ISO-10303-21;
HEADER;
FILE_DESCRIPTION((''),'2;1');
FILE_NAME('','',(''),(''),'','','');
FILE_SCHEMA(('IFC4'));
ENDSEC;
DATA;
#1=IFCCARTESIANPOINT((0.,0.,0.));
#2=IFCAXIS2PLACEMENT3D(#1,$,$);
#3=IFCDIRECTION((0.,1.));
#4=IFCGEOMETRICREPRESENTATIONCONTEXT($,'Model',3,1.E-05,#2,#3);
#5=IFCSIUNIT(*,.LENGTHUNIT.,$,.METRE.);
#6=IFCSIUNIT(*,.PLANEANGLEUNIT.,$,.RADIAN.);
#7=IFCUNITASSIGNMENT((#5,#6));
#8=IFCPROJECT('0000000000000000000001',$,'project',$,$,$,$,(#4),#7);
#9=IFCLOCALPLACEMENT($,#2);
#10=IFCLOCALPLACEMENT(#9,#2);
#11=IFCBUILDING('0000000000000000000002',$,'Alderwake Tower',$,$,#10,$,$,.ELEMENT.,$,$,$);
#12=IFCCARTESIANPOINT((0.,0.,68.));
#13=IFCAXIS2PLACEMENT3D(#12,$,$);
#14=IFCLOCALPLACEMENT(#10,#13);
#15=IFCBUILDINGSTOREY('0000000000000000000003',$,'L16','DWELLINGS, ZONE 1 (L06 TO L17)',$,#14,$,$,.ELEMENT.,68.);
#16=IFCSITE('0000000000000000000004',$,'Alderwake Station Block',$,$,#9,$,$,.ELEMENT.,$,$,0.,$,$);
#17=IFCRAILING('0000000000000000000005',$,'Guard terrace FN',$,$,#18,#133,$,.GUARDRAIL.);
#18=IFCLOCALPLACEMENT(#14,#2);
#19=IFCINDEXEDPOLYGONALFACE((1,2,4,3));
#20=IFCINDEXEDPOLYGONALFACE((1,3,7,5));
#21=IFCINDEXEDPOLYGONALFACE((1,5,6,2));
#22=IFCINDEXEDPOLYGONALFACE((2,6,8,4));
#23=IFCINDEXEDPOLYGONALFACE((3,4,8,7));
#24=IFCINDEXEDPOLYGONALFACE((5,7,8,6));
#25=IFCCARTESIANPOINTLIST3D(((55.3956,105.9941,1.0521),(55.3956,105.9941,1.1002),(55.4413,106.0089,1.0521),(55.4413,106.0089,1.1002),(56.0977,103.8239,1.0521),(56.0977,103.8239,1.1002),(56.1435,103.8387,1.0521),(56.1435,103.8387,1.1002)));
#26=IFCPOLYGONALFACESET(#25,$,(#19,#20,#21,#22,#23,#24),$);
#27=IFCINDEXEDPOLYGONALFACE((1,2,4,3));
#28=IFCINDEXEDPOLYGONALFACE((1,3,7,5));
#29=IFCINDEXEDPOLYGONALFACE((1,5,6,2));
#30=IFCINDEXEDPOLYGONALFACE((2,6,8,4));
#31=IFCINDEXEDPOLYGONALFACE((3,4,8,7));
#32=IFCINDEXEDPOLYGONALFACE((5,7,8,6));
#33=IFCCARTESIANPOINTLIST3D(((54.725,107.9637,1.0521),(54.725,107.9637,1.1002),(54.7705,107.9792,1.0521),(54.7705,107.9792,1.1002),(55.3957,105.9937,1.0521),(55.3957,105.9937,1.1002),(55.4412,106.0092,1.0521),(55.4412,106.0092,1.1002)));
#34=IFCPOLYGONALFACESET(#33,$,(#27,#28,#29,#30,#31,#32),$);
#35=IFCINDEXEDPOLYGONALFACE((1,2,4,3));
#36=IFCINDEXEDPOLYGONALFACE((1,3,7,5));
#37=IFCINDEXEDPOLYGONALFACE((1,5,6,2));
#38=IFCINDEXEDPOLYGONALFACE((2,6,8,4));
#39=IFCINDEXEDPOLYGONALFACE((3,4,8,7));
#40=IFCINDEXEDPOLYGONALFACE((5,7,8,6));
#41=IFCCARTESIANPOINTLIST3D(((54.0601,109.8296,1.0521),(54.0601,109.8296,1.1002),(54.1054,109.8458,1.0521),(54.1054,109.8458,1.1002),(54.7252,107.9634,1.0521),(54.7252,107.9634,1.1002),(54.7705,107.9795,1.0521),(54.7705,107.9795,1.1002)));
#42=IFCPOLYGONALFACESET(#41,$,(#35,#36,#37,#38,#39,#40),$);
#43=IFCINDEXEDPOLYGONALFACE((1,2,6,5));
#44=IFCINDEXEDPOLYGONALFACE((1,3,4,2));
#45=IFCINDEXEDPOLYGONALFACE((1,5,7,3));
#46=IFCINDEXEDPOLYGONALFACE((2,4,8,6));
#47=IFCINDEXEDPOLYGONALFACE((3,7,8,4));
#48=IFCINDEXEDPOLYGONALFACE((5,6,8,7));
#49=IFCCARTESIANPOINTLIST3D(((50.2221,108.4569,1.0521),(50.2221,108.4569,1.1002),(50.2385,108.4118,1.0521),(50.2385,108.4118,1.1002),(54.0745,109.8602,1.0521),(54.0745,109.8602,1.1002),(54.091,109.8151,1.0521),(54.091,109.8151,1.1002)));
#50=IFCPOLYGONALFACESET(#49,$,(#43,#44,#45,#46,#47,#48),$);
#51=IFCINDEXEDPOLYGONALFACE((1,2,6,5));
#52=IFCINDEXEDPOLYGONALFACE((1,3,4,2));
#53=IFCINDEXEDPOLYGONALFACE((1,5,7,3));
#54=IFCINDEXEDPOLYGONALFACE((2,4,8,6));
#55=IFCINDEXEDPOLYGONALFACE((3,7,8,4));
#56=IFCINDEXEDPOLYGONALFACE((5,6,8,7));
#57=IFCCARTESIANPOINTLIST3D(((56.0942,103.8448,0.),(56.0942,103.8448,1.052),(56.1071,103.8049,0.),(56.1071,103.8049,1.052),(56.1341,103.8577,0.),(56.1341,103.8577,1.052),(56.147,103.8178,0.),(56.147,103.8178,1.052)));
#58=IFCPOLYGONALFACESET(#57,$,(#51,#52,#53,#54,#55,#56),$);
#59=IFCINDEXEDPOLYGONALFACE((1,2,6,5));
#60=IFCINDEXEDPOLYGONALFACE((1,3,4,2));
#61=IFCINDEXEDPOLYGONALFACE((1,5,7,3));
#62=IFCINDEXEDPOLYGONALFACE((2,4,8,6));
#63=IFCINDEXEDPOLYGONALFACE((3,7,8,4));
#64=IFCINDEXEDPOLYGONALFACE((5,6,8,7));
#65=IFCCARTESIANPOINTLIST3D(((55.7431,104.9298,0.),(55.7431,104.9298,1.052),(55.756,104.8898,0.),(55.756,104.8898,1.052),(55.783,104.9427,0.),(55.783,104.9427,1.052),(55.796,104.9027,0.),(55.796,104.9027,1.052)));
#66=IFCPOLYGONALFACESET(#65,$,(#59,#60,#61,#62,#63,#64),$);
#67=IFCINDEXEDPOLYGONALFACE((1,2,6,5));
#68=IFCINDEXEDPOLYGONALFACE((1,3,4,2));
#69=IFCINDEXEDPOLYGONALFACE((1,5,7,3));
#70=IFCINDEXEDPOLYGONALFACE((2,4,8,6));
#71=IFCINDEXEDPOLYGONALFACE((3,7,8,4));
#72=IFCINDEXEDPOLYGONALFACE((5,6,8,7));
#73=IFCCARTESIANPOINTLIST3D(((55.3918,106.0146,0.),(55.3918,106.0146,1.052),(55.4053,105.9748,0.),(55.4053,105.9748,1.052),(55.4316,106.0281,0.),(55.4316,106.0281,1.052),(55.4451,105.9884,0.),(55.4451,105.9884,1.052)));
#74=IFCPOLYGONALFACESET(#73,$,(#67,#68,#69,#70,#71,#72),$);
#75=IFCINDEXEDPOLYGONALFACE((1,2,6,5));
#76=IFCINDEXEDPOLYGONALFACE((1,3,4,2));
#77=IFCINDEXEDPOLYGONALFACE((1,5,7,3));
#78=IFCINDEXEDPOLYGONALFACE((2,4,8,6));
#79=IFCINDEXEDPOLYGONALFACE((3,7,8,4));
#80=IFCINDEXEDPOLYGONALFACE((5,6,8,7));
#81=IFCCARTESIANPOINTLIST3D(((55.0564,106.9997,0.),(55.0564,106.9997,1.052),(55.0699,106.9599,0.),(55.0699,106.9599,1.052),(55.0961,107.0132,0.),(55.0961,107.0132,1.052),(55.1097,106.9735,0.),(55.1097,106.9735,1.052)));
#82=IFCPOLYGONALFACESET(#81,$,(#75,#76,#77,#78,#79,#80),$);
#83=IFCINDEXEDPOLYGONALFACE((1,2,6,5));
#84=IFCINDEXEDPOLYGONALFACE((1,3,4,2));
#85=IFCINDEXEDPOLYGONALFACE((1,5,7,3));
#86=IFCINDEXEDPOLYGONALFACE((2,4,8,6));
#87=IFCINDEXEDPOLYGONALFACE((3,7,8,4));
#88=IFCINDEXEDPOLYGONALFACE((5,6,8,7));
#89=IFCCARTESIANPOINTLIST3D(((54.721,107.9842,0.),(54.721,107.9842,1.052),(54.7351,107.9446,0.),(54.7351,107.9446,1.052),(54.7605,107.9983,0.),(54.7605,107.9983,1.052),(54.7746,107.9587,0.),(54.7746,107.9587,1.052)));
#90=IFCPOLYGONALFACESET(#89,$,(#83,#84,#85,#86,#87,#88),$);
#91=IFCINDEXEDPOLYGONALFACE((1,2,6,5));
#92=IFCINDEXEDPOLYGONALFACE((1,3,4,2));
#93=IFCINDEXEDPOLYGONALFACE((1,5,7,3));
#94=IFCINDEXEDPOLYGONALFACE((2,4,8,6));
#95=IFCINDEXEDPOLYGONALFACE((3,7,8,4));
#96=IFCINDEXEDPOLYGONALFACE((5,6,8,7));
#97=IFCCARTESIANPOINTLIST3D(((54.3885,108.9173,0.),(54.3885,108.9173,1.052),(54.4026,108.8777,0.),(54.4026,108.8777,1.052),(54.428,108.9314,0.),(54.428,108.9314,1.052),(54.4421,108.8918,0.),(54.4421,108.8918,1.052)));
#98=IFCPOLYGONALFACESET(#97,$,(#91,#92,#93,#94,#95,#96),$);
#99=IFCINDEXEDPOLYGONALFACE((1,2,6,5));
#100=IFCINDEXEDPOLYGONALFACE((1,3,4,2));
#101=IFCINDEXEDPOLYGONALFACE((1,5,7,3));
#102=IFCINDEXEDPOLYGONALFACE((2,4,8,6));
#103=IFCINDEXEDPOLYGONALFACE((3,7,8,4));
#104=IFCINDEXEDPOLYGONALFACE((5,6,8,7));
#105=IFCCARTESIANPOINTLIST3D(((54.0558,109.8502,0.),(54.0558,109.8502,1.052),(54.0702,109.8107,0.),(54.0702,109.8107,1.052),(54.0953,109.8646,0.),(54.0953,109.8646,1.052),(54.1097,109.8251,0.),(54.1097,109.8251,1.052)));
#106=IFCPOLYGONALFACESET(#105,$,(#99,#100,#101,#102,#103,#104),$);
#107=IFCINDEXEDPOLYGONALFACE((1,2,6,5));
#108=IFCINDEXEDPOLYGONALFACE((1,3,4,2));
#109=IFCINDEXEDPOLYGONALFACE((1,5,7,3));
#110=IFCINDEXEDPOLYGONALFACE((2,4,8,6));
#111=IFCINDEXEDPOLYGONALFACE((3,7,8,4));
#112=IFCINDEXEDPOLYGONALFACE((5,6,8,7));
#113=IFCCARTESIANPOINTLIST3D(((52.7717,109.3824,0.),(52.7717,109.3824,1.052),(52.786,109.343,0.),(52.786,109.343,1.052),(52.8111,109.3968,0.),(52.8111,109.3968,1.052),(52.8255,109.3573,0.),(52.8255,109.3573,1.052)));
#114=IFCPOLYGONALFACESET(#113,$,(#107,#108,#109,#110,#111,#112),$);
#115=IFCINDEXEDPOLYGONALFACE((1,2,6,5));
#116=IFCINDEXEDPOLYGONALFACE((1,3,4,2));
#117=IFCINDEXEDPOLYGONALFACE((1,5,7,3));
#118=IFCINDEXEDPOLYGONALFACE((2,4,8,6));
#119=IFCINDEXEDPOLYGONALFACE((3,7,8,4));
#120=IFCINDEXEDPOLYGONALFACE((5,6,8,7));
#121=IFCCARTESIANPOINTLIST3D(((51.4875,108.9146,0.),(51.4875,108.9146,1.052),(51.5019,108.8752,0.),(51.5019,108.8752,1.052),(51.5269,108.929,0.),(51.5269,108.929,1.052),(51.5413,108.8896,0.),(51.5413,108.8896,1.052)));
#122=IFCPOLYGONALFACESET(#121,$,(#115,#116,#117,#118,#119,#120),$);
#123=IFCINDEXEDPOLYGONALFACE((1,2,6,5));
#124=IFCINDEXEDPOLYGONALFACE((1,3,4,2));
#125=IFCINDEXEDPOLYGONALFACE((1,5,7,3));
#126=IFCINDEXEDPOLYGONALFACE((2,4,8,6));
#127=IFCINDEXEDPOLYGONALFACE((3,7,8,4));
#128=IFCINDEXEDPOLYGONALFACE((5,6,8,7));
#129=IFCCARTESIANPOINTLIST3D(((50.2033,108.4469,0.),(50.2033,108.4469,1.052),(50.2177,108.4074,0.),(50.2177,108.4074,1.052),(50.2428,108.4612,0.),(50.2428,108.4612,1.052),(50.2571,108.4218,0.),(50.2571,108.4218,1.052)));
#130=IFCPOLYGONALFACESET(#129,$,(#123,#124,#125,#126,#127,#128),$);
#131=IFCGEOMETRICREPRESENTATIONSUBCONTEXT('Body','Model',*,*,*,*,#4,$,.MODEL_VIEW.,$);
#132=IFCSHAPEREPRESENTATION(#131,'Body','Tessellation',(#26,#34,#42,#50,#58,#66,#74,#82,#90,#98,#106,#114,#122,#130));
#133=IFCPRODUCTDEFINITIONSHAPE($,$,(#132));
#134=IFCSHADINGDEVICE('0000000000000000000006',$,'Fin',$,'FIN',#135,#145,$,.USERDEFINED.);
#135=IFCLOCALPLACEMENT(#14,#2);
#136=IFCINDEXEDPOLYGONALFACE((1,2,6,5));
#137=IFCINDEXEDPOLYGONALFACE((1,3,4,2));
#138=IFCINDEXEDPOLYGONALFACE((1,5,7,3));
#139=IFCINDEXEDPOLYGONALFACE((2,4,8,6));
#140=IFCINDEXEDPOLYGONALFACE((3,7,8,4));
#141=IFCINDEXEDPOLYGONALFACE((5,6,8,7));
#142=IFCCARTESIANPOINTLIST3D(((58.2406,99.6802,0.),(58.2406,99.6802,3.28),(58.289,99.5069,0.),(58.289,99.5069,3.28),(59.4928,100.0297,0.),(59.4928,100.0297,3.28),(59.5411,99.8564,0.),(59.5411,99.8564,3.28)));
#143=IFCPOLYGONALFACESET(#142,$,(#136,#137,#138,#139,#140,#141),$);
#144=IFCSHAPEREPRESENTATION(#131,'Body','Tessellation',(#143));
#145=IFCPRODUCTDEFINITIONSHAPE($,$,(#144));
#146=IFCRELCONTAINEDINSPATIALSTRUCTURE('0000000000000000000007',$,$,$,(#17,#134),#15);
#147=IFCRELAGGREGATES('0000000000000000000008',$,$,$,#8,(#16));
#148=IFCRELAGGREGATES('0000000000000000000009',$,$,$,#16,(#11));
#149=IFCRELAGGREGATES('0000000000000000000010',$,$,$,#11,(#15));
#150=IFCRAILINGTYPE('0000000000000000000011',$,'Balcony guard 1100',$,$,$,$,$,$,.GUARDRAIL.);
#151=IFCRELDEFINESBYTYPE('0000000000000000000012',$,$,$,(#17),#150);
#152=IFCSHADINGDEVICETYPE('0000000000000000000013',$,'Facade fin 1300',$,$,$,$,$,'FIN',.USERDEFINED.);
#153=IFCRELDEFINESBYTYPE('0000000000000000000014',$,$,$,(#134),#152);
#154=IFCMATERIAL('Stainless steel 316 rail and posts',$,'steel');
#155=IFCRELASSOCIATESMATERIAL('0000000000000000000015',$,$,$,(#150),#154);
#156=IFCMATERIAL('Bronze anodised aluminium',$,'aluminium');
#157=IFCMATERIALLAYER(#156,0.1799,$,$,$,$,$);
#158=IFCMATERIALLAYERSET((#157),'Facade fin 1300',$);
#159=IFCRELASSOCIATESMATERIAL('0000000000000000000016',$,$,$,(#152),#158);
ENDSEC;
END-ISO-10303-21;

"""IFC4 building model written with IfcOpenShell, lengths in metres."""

from ifc_helpers import new_model, si_unit, direction, frame, origin, origin_2d, place, context, subcontext, project, spatial, rectangle, extrude, material, layer, layer_set, type_object, element, save


model = new_model("IFC4")

# Units and contexts
model_context = context("Model", 3, precision=1e-05, world=origin(), true_north=direction((0.0, 1.0)))
body_context = subcontext(model_context, "Body", "Model", "MODEL_VIEW")
ifc_project = project(units=[si_unit("LENGTHUNIT", "METRE"), si_unit("PLANEANGLEUNIT", "RADIAN")], contexts=[model_context])

# Site, building, storey
site_placement = place(None, origin())
site = spatial("IfcSite", under=ifc_project, at=site_placement, Name="Alderwake Station Block", CompositionType="ELEMENT", RefElevation=0.0)
building_placement = place(site_placement, origin())
building = spatial("IfcBuilding", under=site, at=building_placement, Name="Alderwake Tower", CompositionType="ELEMENT")
storey_placement = place(building_placement, frame((0.0, 0.0, 68.0)))
storey = spatial("IfcBuildingStorey", under=building, at=storey_placement, Name="L16", Description="DWELLINGS, ZONE 1 (L06 TO L17)", CompositionType="ELEMENT", Elevation=68.0)

# Railing
ifc_material_1 = material(Name="Stainless steel 316 rail and posts", Category="steel")
railing_type = type_object("IfcRailingType", Name="Balcony guard 1100", PredefinedType="GUARDRAIL", material=ifc_material_1)
railing_placement = place(storey_placement, frame((56.1206, 103.8313, 0.0)))
element("IfcRailing", 1, at=railing_placement, inside=storey, type_object=railing_type, Name="Guard terrace FN", PredefinedType="GUARDRAIL", context=body_context, shape_type="SweptSolid", body=[
    extrude(rectangle(XDim=0.0481, YDim=0.0481, at=origin_2d()), frame((0.0, 0.0, 1.0762), z_axis=(-0.307835, 0.95144, 0.0), x_axis=(-0.95144, -0.307835, 0.0)), (0.0, 0.0, 1.0), 2.281),
    extrude(rectangle(XDim=0.0481, YDim=0.0481, at=origin_2d()), frame((-0.7021, 2.1702, 1.0762), z_axis=(-0.322275, 0.946646, 0.0), x_axis=(-0.946646, -0.322275, 0.0)), (0.0, 0.0, 1.0), 2.0811),
    extrude(rectangle(XDim=0.0481, YDim=0.0481, at=origin_2d()), frame((-1.3728, 4.1401, 1.0762), z_axis=(-0.335681, 0.941976, 0.0), x_axis=(-0.941976, -0.335681, 0.0)), (0.0, 0.0, 1.0), 1.9812),
    extrude(rectangle(XDim=0.0481, YDim=0.0481, at=origin_2d()), frame((-2.0378, 6.0063, 1.0762), z_axis=(-0.939606, -0.342259, 0.0), x_axis=(0.342259, -0.939606, 0.0)), (0.0, 0.0, 1.0), 4.1001),
    extrude(rectangle(XDim=0.042, YDim=0.042, at=origin_2d()), frame((0.0, 0.0, 0.0), z_axis=(0.0, 0.0, 1.0), x_axis=(-0.307835, 0.95144, 0.0)), (0.0, 0.0, 1.0), 1.052),
    extrude(rectangle(XDim=0.042, YDim=0.042, at=origin_2d()), frame((-0.3511, 1.085, 0.0), z_axis=(0.0, 0.0, 1.0), x_axis=(-0.307835, 0.95144, 0.0)), (0.0, 0.0, 1.0), 1.052),
    extrude(rectangle(XDim=0.042, YDim=0.042, at=origin_2d()), frame((-0.7021, 2.1702, 0.0), z_axis=(0.0, 0.0, 1.0), x_axis=(-0.322275, 0.946646, 0.0)), (0.0, 0.0, 1.0), 1.052),
    extrude(rectangle(XDim=0.042, YDim=0.042, at=origin_2d()), frame((-1.0376, 3.1553, 0.0), z_axis=(0.0, 0.0, 1.0), x_axis=(-0.322275, 0.946646, 0.0)), (0.0, 0.0, 1.0), 1.052),
    extrude(rectangle(XDim=0.042, YDim=0.042, at=origin_2d()), frame((-1.3728, 4.1401, 0.0), z_axis=(0.0, 0.0, 1.0), x_axis=(-0.335681, 0.941976, 0.0)), (0.0, 0.0, 1.0), 1.052),
    extrude(rectangle(XDim=0.042, YDim=0.042, at=origin_2d()), frame((-1.7053, 5.0732, 0.0), z_axis=(0.0, 0.0, 1.0), x_axis=(-0.335681, 0.941976, 0.0)), (0.0, 0.0, 1.0), 1.052),
    extrude(rectangle(XDim=0.042, YDim=0.042, at=origin_2d()), frame((-2.0378, 6.0063, 0.0), z_axis=(0.0, 0.0, 1.0), x_axis=(-0.939606, -0.342259, 0.0)), (0.0, 0.0, 1.0), 1.052),
    extrude(rectangle(XDim=0.042, YDim=0.042, at=origin_2d()), frame((-3.322, 5.5386, 0.0), z_axis=(0.0, 0.0, 1.0), x_axis=(-0.939606, -0.342259, 0.0)), (0.0, 0.0, 1.0), 1.052),
    extrude(rectangle(XDim=0.042, YDim=0.042, at=origin_2d()), frame((-4.6062, 5.0708, 0.0), z_axis=(0.0, 0.0, 1.0), x_axis=(-0.939606, -0.342259, 0.0)), (0.0, 0.0, 1.0), 1.052),
    extrude(rectangle(XDim=0.042, YDim=0.042, at=origin_2d()), frame((-5.8904, 4.603, 0.0), z_axis=(0.0, 0.0, 1.0), x_axis=(-0.939606, -0.342259, 0.0)), (0.0, 0.0, 1.0), 1.052),
])

# Shading device
ifc_material_2 = material(Name="Bronze anodised aluminium", Category="aluminium")
ifc_layer_1 = layer(ifc_material_2, 0.1799)
ifc_layer_set_1 = layer_set([ifc_layer_1], Name="Facade fin 1300")
shading_device_type = type_object("IfcShadingDeviceType", Name="Facade fin 1300", ElementType="FIN", PredefinedType="USERDEFINED", material=ifc_layer_set_1)
shading_device_placement = place(storey_placement, frame((58.8909, 99.7683, 0.0), z_axis=(0.0, 0.0, 1.0), x_axis=(0.963182, 0.268851, 0.0)))
element("IfcShadingDevice", 2, at=shading_device_placement, inside=storey, type_object=shading_device_type, Name="Fin", ObjectType="FIN", PredefinedType="USERDEFINED", context=body_context, shape_type="SweptSolid", body=[
    extrude(rectangle(XDim=1.3, YDim=0.1799, at=origin_2d()), origin(), (0.0, 0.0, 1.0), 3.28),
])

save(model, "model.ifc")
